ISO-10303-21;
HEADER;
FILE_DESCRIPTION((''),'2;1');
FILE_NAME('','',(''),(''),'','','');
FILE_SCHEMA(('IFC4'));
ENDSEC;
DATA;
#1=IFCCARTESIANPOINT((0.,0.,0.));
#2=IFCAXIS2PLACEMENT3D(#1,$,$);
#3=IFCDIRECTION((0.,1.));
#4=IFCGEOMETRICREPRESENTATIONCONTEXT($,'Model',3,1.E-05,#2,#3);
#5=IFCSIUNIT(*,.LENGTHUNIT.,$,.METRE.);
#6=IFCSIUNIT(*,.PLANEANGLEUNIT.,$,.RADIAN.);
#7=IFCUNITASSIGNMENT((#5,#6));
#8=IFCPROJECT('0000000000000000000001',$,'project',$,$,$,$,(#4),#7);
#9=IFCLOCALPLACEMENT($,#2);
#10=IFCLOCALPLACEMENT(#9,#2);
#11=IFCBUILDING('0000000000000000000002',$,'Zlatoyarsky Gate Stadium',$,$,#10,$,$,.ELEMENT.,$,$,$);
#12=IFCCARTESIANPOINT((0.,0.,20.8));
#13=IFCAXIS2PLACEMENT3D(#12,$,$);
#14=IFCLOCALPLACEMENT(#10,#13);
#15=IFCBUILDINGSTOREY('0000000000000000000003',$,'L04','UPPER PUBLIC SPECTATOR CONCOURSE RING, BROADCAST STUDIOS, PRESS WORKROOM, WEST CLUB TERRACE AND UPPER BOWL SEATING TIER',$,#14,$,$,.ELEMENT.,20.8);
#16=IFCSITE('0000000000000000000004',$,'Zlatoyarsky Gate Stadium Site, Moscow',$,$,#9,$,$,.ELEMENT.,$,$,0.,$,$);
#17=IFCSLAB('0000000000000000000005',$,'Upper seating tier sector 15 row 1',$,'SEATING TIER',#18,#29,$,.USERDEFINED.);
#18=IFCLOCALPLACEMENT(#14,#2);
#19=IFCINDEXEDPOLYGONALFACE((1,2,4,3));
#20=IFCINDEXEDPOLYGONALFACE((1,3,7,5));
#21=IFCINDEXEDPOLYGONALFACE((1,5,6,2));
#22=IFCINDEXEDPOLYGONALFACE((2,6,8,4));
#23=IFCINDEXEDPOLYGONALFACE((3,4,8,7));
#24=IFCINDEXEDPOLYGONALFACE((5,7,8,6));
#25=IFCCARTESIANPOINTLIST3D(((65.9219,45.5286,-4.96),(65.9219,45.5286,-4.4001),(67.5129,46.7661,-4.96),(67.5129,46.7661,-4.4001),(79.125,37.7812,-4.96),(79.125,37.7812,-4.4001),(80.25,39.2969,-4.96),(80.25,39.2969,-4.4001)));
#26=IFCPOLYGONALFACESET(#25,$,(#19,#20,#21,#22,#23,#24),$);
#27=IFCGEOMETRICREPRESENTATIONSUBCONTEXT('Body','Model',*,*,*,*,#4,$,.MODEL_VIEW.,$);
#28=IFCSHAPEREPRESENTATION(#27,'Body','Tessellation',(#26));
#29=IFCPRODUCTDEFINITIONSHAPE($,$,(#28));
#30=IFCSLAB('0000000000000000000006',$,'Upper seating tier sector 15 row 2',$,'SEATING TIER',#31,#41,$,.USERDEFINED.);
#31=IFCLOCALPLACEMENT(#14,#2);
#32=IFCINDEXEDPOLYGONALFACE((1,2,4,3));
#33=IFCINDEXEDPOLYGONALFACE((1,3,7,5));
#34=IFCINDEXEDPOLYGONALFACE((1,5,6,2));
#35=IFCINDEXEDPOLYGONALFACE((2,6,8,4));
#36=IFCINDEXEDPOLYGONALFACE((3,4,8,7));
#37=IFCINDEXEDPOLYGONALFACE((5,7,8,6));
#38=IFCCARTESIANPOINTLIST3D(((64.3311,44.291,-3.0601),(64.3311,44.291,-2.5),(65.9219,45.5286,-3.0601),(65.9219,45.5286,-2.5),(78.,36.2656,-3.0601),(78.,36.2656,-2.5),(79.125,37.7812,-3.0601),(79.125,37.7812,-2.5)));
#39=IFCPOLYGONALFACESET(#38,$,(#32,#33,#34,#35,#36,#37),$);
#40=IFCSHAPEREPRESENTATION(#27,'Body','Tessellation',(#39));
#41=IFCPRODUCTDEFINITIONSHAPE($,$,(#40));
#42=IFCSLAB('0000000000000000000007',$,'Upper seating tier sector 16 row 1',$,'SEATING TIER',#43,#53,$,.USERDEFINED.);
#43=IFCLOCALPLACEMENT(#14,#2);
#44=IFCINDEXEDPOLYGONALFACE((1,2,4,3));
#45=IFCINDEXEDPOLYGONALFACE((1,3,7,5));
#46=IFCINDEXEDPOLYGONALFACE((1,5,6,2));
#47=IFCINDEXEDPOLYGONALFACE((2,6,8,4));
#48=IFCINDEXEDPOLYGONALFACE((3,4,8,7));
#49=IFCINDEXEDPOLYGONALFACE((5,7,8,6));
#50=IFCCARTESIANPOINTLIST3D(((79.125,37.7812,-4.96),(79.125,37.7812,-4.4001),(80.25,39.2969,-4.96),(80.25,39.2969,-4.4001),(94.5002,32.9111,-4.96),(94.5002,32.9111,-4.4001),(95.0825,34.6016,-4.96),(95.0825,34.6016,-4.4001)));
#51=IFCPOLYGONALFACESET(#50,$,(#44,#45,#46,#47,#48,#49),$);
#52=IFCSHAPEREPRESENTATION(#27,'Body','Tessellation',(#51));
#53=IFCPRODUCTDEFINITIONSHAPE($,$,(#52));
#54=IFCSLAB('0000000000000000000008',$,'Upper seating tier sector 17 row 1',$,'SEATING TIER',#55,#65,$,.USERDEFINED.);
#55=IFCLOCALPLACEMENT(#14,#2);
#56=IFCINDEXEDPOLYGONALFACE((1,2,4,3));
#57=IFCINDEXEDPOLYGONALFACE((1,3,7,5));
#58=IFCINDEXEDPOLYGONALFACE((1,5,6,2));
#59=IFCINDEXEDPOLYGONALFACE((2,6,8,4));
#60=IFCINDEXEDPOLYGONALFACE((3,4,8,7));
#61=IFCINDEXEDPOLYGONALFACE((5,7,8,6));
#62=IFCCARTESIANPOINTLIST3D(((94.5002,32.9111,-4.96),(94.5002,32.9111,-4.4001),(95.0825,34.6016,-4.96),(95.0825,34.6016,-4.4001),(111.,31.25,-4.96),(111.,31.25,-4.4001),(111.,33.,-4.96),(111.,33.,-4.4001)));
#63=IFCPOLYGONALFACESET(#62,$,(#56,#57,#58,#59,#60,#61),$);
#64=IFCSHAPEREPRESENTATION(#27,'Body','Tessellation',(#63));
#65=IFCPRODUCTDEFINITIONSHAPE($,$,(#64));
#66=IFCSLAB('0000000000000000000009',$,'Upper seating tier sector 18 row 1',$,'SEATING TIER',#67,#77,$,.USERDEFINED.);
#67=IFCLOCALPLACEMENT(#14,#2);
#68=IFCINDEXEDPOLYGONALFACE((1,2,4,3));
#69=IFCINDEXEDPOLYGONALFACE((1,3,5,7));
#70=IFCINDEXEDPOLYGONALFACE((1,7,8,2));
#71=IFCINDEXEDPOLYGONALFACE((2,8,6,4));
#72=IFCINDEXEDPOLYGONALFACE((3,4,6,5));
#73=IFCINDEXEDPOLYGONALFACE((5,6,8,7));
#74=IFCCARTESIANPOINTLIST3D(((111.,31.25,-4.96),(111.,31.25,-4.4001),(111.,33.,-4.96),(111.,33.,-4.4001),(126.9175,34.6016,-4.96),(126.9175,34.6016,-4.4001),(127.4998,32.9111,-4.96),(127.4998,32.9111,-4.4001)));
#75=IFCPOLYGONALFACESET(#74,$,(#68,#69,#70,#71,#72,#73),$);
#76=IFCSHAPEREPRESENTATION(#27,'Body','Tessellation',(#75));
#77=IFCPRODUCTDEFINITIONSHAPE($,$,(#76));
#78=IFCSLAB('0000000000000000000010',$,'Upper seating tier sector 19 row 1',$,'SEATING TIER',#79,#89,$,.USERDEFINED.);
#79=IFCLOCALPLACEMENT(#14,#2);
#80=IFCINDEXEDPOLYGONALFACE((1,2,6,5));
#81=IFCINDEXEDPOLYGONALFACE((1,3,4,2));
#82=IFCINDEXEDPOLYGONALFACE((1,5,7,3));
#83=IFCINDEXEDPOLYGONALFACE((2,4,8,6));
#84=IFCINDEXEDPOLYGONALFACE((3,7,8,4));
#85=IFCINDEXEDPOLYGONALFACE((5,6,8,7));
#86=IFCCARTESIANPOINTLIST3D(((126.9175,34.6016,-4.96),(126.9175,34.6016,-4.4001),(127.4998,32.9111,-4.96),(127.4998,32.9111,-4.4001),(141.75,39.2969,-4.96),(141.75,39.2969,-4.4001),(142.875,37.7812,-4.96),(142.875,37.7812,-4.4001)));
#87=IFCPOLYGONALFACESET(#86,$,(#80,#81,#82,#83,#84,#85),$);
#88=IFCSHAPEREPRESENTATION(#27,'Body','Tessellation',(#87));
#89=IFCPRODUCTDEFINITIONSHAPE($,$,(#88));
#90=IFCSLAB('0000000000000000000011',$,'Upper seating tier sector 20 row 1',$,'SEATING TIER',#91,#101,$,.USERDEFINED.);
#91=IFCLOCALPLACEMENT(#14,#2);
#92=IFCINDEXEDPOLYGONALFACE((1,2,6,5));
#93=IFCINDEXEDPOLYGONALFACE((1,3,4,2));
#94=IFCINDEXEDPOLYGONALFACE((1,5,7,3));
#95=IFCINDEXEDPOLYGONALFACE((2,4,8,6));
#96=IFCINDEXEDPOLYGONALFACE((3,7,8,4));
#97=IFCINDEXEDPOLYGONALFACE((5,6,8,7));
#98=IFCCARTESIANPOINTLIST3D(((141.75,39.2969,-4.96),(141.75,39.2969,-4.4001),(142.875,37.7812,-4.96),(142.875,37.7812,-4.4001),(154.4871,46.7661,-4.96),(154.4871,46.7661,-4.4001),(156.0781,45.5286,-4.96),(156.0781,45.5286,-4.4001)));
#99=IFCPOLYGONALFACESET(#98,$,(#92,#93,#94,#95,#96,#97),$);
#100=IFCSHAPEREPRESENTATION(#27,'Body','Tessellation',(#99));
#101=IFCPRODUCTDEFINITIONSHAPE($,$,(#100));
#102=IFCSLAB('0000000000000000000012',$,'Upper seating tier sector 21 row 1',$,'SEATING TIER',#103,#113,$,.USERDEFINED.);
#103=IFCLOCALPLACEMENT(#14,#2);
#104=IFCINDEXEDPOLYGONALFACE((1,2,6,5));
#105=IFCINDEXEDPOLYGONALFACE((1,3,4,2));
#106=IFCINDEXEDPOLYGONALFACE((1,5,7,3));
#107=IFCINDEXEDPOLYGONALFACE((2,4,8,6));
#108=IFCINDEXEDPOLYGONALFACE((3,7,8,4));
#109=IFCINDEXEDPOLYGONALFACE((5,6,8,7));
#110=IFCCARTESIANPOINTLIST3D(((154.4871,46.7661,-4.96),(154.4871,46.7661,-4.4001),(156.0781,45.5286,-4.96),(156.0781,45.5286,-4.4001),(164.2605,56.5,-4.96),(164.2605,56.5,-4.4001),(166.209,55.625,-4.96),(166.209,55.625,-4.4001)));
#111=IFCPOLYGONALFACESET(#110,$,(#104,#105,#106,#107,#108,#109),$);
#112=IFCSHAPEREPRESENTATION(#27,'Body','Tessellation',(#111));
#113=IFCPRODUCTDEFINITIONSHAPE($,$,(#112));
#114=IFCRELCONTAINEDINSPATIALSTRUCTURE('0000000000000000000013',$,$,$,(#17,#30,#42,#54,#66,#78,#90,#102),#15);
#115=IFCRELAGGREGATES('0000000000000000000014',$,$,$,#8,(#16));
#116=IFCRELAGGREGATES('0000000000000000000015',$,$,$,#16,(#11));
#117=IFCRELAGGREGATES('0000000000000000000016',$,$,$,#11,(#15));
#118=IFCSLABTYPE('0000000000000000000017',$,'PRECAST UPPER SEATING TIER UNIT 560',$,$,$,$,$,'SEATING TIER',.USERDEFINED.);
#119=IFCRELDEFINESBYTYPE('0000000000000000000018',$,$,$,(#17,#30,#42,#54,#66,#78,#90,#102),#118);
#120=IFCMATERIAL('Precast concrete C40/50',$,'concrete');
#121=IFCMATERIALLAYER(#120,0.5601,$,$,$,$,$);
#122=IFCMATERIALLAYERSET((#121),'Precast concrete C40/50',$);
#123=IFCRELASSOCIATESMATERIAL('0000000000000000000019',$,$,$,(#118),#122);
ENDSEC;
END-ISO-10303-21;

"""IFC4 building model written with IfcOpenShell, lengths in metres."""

from ifc_helpers import new_model, si_unit, direction, frame, origin, place, context, subcontext, project, spatial, polyline, outline, extrude, material, layer, layer_set, type_object, element, save


model = new_model("IFC4")

# Units and contexts
model_context = context("Model", 3, precision=1e-05, world=origin(), true_north=direction((0.0, 1.0)))
body_context = subcontext(model_context, "Body", "Model", "MODEL_VIEW")
ifc_project = project(units=[si_unit("LENGTHUNIT", "METRE"), si_unit("PLANEANGLEUNIT", "RADIAN")], contexts=[model_context])

# Site, building, storey
site_placement = place(None, origin())
site = spatial("IfcSite", under=ifc_project, at=site_placement, Name="Zlatoyarsky Gate Stadium Site, Moscow", CompositionType="ELEMENT", RefElevation=0.0)
building_placement = place(site_placement, origin())
building = spatial("IfcBuilding", under=site, at=building_placement, Name="Zlatoyarsky Gate Stadium", CompositionType="ELEMENT")
storey_placement = place(building_placement, frame((0.0, 0.0, 20.8)))
storey = spatial("IfcBuildingStorey", under=building, at=storey_placement, Name="L04", Description="UPPER PUBLIC SPECTATOR CONCOURSE RING, BROADCAST STUDIOS, PRESS WORKROOM, WEST CLUB TERRACE AND UPPER BOWL SEATING TIER", CompositionType="ELEMENT", Elevation=20.8)

# Slabs
ifc_material = material(Name="Precast concrete C40/50", Category="concrete")
ifc_layer = layer(ifc_material, 0.5601)
ifc_layer_set = layer_set([ifc_layer], Name="Precast concrete C40/50")
slab_type = type_object("IfcSlabType", Name="PRECAST UPPER SEATING TIER UNIT 560", ElementType="SEATING TIER", PredefinedType="USERDEFINED", material=ifc_layer_set)
slab_1_placement = place(storey_placement, frame((0.0, 0.0, -4.96)))
element("IfcSlab", 1, at=slab_1_placement, inside=storey, type_object=slab_type, Name="Upper seating tier sector 15 row 1", ObjectType="SEATING TIER", PredefinedType="USERDEFINED", context=body_context, shape_type="SweptSolid", body=[
    extrude(outline(polyline([(67.5129, 46.7661), (65.9219, 45.5286), (79.125, 37.7812), (80.25, 39.2969), (67.5129, 46.7661)])), origin(), (0.0, 0.0, 1.0), 0.5598),
])
slab_2_placement = place(storey_placement, frame((0.0, 0.0, -3.0601)))
element("IfcSlab", 2, at=slab_2_placement, inside=storey, type_object=slab_type, Name="Upper seating tier sector 15 row 2", ObjectType="SEATING TIER", PredefinedType="USERDEFINED", context=body_context, shape_type="SweptSolid", body=[
    extrude(outline(polyline([(65.9219, 45.5286), (64.3311, 44.291), (78.0, 36.2656), (79.125, 37.7812), (65.9219, 45.5286)])), origin(), (0.0, 0.0, 1.0), 0.5601),
])
slab_3_placement = place(storey_placement, frame((0.0, 0.0, -4.96)))
element("IfcSlab", 3, at=slab_3_placement, inside=storey, type_object=slab_type, Name="Upper seating tier sector 16 row 1", ObjectType="SEATING TIER", PredefinedType="USERDEFINED", context=body_context, shape_type="SweptSolid", body=[
    extrude(outline(polyline([(80.25, 39.2969), (79.125, 37.7812), (94.5002, 32.9111), (95.0825, 34.6016), (80.25, 39.2969)])), origin(), (0.0, 0.0, 1.0), 0.5598),
])
slab_4_placement = place(storey_placement, frame((0.0, 0.0, -4.96)))
element("IfcSlab", 4, at=slab_4_placement, inside=storey, type_object=slab_type, Name="Upper seating tier sector 17 row 1", ObjectType="SEATING TIER", PredefinedType="USERDEFINED", context=body_context, shape_type="SweptSolid", body=[
    extrude(outline(polyline([(95.0825, 34.6016), (94.5002, 32.9111), (111.0, 31.25), (111.0, 33.0), (95.0825, 34.6016)])), origin(), (0.0, 0.0, 1.0), 0.5598),
])
slab_5_placement = place(storey_placement, frame((0.0, 0.0, -4.96)))
element("IfcSlab", 5, at=slab_5_placement, inside=storey, type_object=slab_type, Name="Upper seating tier sector 18 row 1", ObjectType="SEATING TIER", PredefinedType="USERDEFINED", context=body_context, shape_type="SweptSolid", body=[
    extrude(outline(polyline([(111.0, 33.0), (111.0, 31.25), (127.4998, 32.9111), (126.9175, 34.6016), (111.0, 33.0)])), origin(), (0.0, 0.0, 1.0), 0.5598),
])
slab_6_placement = place(storey_placement, frame((0.0, 0.0, -4.96)))
element("IfcSlab", 6, at=slab_6_placement, inside=storey, type_object=slab_type, Name="Upper seating tier sector 19 row 1", ObjectType="SEATING TIER", PredefinedType="USERDEFINED", context=body_context, shape_type="SweptSolid", body=[
    extrude(outline(polyline([(126.9175, 34.6016), (127.4998, 32.9111), (142.875, 37.7812), (141.75, 39.2969), (126.9175, 34.6016)])), origin(), (0.0, 0.0, 1.0), 0.5598),
])
slab_7_placement = place(storey_placement, frame((0.0, 0.0, -4.96)))
element("IfcSlab", 7, at=slab_7_placement, inside=storey, type_object=slab_type, Name="Upper seating tier sector 20 row 1", ObjectType="SEATING TIER", PredefinedType="USERDEFINED", context=body_context, shape_type="SweptSolid", body=[
    extrude(outline(polyline([(141.75, 39.2969), (142.875, 37.7812), (156.0781, 45.5286), (154.4871, 46.7661), (141.75, 39.2969)])), origin(), (0.0, 0.0, 1.0), 0.5598),
])
slab_8_placement = place(storey_placement, frame((0.0, 0.0, -4.96)))
element("IfcSlab", 8, at=slab_8_placement, inside=storey, type_object=slab_type, Name="Upper seating tier sector 21 row 1", ObjectType="SEATING TIER", PredefinedType="USERDEFINED", context=body_context, shape_type="SweptSolid", body=[
    extrude(outline(polyline([(154.4871, 46.7661), (156.0781, 45.5286), (166.209, 55.625), (164.2605, 56.5), (154.4871, 46.7661)])), origin(), (0.0, 0.0, 1.0), 0.5598),
])

save(model, "model.ifc")
